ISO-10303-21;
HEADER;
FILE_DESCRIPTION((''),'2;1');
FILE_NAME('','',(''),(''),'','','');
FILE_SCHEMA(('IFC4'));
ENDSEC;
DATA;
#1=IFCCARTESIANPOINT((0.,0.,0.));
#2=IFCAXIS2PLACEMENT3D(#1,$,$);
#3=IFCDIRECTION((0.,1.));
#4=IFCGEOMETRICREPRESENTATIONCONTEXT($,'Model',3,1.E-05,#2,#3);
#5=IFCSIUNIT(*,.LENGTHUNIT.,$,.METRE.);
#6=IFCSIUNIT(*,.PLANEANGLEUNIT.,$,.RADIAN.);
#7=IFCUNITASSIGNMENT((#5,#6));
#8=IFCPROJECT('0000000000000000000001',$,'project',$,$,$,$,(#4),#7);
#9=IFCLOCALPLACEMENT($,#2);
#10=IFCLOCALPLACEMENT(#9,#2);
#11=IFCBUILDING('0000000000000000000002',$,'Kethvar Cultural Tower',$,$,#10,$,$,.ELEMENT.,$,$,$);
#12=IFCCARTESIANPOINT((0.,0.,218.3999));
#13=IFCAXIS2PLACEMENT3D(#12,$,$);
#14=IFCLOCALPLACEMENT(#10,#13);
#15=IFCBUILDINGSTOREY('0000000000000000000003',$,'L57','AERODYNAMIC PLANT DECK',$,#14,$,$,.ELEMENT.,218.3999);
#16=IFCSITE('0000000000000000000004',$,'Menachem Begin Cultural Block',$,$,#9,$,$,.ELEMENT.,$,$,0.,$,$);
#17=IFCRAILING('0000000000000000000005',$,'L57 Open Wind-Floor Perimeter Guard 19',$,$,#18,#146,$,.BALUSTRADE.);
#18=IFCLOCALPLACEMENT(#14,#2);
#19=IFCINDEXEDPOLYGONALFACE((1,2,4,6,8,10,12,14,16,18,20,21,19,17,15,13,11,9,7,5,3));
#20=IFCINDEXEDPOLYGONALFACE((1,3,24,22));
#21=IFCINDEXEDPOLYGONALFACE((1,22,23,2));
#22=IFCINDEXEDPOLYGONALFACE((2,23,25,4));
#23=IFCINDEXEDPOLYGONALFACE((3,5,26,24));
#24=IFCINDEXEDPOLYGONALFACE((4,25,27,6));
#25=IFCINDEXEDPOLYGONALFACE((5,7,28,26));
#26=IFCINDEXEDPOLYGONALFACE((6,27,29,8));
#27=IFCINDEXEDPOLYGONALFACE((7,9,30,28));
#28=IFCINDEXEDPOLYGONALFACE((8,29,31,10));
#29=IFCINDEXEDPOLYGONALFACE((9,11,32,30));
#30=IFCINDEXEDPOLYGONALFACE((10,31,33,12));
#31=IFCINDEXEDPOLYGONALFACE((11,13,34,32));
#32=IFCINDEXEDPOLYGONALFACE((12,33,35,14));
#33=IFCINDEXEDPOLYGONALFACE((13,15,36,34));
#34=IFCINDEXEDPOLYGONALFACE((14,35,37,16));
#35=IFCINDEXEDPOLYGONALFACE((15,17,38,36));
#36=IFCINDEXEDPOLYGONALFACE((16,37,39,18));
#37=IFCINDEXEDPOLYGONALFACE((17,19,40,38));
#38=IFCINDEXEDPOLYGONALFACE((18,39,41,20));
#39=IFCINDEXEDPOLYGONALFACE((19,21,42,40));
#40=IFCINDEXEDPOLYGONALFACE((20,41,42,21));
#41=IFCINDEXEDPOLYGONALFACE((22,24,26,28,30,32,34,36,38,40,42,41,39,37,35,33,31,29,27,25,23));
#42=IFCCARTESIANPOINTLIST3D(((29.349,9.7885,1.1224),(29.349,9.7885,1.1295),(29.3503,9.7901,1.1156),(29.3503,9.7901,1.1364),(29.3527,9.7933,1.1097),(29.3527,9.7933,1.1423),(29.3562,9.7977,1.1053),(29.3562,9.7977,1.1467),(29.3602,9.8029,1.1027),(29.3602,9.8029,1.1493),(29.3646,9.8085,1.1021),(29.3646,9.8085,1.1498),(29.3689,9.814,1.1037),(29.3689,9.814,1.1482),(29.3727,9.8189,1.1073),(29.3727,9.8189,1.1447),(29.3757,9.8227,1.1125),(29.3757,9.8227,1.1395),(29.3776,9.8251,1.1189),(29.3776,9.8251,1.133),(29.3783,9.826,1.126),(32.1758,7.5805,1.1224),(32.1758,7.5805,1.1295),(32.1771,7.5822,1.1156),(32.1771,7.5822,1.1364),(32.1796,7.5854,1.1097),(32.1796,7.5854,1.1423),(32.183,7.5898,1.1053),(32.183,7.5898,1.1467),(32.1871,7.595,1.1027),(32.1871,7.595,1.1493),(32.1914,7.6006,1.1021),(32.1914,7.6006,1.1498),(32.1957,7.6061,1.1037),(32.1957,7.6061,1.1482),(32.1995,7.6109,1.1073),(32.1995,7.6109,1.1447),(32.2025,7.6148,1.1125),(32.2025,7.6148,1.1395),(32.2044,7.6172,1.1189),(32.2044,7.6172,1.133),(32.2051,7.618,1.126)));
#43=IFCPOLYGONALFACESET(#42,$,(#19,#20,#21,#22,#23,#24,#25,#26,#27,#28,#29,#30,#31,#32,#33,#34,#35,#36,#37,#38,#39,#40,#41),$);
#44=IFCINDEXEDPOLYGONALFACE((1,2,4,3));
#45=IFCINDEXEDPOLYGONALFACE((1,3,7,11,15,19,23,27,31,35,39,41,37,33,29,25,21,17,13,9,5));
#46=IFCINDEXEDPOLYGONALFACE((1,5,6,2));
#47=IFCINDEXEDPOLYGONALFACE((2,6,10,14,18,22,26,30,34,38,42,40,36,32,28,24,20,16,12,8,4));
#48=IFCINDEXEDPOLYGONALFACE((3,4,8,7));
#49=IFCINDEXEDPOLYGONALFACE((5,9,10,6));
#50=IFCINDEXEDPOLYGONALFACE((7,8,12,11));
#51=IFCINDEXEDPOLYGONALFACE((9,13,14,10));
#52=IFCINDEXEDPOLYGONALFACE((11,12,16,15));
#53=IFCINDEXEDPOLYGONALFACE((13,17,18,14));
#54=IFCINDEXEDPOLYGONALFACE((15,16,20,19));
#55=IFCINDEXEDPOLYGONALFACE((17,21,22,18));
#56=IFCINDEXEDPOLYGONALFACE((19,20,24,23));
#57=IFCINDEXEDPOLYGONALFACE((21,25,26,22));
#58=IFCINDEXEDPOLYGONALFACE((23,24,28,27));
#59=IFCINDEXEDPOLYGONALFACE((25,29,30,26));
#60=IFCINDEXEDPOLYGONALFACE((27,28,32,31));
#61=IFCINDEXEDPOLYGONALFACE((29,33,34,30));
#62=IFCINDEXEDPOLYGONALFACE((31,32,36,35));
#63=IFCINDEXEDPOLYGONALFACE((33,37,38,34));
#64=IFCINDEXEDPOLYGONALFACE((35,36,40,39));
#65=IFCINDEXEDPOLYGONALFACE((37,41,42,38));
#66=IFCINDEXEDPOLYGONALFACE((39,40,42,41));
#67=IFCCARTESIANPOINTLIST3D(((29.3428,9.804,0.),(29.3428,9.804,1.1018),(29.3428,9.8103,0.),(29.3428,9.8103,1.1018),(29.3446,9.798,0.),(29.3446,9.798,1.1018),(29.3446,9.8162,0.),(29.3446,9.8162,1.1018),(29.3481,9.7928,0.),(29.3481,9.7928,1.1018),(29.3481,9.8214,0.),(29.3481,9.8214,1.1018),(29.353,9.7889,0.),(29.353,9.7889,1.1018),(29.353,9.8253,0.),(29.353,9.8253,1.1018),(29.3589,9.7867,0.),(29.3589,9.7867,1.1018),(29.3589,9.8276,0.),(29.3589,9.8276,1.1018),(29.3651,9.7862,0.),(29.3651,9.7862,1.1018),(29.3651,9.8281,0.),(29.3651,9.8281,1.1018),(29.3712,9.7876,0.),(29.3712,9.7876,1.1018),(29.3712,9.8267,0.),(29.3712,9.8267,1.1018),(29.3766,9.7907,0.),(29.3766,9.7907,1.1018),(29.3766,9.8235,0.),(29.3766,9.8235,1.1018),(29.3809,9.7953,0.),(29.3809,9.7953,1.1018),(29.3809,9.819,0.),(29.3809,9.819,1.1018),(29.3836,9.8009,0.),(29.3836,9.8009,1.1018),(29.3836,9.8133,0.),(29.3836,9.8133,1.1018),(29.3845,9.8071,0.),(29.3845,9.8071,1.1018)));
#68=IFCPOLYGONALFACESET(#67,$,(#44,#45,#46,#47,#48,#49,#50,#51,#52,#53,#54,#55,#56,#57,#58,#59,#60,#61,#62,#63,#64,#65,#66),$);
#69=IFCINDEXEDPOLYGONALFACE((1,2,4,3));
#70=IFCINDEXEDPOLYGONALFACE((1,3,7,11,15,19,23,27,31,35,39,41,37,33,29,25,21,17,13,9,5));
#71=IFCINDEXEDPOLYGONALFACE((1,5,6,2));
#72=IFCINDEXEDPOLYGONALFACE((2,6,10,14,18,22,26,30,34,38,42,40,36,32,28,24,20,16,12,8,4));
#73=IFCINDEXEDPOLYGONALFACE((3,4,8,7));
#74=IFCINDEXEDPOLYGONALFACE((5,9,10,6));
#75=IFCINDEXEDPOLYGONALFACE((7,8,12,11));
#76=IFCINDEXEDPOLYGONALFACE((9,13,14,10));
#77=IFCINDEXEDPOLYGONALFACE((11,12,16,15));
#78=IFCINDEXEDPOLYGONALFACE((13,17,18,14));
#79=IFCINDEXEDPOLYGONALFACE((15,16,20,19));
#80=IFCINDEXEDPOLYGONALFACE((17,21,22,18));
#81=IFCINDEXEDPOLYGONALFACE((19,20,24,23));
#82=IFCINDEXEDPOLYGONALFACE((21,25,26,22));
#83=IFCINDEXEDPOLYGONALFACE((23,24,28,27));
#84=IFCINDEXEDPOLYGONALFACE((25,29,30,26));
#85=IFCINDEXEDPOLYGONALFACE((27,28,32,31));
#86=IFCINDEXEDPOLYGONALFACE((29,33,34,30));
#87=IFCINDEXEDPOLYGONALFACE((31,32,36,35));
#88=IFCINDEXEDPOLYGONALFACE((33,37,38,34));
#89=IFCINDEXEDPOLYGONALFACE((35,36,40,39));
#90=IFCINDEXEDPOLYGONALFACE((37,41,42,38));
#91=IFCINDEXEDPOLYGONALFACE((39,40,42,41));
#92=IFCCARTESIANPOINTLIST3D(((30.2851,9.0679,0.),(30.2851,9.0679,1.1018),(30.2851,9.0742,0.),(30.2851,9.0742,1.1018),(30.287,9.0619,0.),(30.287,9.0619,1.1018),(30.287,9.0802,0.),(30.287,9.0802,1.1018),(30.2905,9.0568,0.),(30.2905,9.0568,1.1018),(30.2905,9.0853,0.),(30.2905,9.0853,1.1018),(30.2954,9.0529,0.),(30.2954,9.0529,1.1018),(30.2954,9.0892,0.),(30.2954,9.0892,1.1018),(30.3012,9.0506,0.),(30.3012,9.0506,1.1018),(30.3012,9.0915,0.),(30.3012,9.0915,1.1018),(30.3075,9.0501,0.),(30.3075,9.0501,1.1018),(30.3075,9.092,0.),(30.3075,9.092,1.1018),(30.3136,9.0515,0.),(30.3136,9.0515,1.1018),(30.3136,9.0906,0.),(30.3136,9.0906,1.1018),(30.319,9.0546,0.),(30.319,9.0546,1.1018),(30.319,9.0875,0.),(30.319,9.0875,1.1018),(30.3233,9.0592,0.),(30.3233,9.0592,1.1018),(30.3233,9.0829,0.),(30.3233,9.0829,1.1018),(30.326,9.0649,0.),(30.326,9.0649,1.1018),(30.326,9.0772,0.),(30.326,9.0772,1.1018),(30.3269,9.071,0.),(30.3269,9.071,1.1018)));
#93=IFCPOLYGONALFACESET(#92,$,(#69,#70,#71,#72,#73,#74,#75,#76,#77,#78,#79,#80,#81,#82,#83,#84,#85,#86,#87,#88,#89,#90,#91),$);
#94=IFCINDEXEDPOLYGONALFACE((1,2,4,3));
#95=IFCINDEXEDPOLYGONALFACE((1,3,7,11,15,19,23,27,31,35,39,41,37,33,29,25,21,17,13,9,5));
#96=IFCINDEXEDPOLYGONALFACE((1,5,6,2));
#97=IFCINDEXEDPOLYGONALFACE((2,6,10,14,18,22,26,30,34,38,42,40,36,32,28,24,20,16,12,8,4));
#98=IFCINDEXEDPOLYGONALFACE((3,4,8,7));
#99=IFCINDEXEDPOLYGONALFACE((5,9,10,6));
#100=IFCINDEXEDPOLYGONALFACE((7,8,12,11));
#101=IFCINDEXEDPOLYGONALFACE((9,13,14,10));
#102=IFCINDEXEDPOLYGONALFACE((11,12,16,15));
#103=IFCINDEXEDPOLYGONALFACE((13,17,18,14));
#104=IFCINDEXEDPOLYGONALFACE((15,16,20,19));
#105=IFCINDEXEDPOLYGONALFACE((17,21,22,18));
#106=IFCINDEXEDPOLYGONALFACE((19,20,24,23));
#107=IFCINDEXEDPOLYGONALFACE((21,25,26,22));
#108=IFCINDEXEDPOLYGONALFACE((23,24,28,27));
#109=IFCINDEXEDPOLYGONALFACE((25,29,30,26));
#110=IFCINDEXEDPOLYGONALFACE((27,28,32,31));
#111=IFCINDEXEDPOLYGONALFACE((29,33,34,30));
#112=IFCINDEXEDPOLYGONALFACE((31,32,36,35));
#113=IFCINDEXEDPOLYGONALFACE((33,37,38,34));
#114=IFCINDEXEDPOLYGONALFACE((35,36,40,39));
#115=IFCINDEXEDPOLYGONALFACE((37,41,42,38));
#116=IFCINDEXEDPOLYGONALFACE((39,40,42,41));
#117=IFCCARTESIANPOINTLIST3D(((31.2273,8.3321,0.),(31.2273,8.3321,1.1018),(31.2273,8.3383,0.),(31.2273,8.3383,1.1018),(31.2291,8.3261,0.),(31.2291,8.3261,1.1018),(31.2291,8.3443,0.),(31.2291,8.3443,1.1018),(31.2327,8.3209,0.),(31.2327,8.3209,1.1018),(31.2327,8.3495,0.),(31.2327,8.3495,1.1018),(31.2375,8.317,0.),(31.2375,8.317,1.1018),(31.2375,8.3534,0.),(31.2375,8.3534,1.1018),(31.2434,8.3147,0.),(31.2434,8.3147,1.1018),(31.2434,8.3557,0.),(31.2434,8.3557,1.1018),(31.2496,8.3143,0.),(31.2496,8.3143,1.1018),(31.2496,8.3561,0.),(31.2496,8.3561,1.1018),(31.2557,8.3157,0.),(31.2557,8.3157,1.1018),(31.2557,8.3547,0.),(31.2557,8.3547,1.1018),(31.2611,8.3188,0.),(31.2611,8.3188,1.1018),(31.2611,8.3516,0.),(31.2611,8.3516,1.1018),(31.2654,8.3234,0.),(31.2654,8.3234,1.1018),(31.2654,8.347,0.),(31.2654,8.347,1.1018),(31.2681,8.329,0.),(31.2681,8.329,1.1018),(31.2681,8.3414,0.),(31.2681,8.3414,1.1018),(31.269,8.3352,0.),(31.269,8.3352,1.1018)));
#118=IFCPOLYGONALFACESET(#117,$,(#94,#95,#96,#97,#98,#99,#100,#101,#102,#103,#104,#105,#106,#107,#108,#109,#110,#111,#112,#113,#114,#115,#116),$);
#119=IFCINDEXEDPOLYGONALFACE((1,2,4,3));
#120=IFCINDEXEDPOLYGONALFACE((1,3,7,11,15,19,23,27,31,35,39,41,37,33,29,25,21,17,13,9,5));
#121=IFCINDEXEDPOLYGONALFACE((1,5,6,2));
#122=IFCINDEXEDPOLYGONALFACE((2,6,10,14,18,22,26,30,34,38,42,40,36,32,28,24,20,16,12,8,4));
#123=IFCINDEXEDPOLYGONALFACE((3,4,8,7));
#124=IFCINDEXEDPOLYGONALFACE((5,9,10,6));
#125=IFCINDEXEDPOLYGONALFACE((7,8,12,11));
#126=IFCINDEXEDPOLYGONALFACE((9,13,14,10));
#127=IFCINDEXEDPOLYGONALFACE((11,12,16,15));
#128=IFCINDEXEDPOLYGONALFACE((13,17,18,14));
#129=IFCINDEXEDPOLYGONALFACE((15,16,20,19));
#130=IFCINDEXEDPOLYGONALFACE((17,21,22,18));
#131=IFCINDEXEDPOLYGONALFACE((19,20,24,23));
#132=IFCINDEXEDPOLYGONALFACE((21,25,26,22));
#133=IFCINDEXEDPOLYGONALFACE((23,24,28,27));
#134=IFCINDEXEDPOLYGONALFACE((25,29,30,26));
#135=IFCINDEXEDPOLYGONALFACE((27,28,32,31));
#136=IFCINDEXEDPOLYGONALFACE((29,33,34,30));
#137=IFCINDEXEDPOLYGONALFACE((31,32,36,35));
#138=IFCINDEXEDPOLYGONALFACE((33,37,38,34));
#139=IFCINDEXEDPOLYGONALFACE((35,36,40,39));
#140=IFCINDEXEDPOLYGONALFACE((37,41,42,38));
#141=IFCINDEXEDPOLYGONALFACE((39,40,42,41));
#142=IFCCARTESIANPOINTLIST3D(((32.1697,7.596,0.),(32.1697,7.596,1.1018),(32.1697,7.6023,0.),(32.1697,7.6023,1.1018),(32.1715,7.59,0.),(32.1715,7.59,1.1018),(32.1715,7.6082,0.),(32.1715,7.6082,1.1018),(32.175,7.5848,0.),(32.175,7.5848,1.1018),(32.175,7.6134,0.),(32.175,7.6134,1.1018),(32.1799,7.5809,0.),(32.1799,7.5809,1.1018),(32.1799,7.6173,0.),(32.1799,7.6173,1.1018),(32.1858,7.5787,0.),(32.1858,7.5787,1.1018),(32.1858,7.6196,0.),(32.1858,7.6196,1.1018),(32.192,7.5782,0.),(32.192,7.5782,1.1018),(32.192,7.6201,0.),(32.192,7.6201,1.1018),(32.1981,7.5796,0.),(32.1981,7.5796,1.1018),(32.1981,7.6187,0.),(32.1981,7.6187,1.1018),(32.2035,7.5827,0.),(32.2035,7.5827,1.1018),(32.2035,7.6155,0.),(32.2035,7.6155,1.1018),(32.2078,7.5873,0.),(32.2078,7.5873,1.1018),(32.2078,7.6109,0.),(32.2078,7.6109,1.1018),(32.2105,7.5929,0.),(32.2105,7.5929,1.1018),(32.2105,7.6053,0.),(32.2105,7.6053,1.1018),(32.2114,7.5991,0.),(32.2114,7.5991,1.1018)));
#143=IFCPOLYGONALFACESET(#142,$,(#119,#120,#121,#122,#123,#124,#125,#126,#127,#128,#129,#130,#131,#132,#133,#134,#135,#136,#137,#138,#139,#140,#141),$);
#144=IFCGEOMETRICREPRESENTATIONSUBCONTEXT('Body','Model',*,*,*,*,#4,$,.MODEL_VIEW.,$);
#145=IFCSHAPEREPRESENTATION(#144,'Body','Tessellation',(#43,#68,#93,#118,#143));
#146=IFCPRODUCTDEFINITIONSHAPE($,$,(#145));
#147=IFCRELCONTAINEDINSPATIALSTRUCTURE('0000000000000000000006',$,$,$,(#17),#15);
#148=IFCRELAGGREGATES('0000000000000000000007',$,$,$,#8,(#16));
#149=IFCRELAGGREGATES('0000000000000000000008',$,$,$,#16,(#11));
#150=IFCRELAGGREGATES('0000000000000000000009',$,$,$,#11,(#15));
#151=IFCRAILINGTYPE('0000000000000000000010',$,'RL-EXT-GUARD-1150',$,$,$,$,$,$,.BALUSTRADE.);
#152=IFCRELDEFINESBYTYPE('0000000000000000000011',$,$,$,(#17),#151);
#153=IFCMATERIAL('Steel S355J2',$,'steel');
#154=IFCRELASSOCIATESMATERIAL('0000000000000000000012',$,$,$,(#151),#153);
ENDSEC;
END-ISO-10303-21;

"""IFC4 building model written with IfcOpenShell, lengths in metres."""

from ifc_helpers import new_model, si_unit, direction, frame, origin, origin_2d, place, context, subcontext, project, spatial, circle, extrude, material, type_object, element, save


model = new_model("IFC4")

# Units and contexts
model_context = context("Model", 3, precision=1e-05, world=origin(), true_north=direction((0.0, 1.0)))
body_context = subcontext(model_context, "Body", "Model", "MODEL_VIEW")
ifc_project = project(units=[si_unit("LENGTHUNIT", "METRE"), si_unit("PLANEANGLEUNIT", "RADIAN")], contexts=[model_context])

# Site, building, storey
site_placement = place(None, origin())
site = spatial("IfcSite", under=ifc_project, at=site_placement, Name="Menachem Begin Cultural Block", CompositionType="ELEMENT", RefElevation=0.0)
building_placement = place(site_placement, origin())
building = spatial("IfcBuilding", under=site, at=building_placement, Name="Kethvar Cultural Tower", CompositionType="ELEMENT")
storey_placement = place(building_placement, frame((0.0, 0.0, 218.3999)))
storey = spatial("IfcBuildingStorey", under=building, at=storey_placement, Name="L57", Description="AERODYNAMIC PLANT DECK", CompositionType="ELEMENT", Elevation=218.3999)

# Shared definitions
ifc_material_1 = material(Name="Steel S355J2", Category="steel")

# Railing
railing_type_1 = type_object("IfcRailingType", Name="RL-EXT-GUARD-1150", PredefinedType="BALUSTRADE", material=ifc_material_1)
railing_1_placement = place(storey_placement, frame((29.3635, 9.8071, 0.0)))
element("IfcRailing", 1, at=railing_1_placement, inside=storey, type_object=railing_type_1, Name="L57 Open Wind-Floor Perimeter Guard 19", PredefinedType="BALUSTRADE", context=body_context, shape_type="SweptSolid", body=[
    extrude(circle(Radius=0.0239, at=origin_2d()), frame((0.0, 0.0, 1.126), z_axis=(0.788094, -0.615556, 0.0), x_axis=(0.615556, 0.788094, 0.0)), (0.0, 0.0, 1.0), 3.5869),
    extrude(circle(Radius=0.021, at=origin_2d()), origin(), (0.0, 0.0, 1.0), 1.1018),
    extrude(circle(Radius=0.021, at=origin_2d()), frame((0.9424, -0.7361, 0.0)), (0.0, 0.0, 1.0), 1.1018),
    extrude(circle(Radius=0.021, at=origin_2d()), frame((1.8845, -1.4719, 0.0)), (0.0, 0.0, 1.0), 1.1018),
    extrude(circle(Radius=0.021, at=origin_2d()), frame((2.8269, -2.208, 0.0)), (0.0, 0.0, 1.0), 1.1018),
])

save(model, "model.ifc")
